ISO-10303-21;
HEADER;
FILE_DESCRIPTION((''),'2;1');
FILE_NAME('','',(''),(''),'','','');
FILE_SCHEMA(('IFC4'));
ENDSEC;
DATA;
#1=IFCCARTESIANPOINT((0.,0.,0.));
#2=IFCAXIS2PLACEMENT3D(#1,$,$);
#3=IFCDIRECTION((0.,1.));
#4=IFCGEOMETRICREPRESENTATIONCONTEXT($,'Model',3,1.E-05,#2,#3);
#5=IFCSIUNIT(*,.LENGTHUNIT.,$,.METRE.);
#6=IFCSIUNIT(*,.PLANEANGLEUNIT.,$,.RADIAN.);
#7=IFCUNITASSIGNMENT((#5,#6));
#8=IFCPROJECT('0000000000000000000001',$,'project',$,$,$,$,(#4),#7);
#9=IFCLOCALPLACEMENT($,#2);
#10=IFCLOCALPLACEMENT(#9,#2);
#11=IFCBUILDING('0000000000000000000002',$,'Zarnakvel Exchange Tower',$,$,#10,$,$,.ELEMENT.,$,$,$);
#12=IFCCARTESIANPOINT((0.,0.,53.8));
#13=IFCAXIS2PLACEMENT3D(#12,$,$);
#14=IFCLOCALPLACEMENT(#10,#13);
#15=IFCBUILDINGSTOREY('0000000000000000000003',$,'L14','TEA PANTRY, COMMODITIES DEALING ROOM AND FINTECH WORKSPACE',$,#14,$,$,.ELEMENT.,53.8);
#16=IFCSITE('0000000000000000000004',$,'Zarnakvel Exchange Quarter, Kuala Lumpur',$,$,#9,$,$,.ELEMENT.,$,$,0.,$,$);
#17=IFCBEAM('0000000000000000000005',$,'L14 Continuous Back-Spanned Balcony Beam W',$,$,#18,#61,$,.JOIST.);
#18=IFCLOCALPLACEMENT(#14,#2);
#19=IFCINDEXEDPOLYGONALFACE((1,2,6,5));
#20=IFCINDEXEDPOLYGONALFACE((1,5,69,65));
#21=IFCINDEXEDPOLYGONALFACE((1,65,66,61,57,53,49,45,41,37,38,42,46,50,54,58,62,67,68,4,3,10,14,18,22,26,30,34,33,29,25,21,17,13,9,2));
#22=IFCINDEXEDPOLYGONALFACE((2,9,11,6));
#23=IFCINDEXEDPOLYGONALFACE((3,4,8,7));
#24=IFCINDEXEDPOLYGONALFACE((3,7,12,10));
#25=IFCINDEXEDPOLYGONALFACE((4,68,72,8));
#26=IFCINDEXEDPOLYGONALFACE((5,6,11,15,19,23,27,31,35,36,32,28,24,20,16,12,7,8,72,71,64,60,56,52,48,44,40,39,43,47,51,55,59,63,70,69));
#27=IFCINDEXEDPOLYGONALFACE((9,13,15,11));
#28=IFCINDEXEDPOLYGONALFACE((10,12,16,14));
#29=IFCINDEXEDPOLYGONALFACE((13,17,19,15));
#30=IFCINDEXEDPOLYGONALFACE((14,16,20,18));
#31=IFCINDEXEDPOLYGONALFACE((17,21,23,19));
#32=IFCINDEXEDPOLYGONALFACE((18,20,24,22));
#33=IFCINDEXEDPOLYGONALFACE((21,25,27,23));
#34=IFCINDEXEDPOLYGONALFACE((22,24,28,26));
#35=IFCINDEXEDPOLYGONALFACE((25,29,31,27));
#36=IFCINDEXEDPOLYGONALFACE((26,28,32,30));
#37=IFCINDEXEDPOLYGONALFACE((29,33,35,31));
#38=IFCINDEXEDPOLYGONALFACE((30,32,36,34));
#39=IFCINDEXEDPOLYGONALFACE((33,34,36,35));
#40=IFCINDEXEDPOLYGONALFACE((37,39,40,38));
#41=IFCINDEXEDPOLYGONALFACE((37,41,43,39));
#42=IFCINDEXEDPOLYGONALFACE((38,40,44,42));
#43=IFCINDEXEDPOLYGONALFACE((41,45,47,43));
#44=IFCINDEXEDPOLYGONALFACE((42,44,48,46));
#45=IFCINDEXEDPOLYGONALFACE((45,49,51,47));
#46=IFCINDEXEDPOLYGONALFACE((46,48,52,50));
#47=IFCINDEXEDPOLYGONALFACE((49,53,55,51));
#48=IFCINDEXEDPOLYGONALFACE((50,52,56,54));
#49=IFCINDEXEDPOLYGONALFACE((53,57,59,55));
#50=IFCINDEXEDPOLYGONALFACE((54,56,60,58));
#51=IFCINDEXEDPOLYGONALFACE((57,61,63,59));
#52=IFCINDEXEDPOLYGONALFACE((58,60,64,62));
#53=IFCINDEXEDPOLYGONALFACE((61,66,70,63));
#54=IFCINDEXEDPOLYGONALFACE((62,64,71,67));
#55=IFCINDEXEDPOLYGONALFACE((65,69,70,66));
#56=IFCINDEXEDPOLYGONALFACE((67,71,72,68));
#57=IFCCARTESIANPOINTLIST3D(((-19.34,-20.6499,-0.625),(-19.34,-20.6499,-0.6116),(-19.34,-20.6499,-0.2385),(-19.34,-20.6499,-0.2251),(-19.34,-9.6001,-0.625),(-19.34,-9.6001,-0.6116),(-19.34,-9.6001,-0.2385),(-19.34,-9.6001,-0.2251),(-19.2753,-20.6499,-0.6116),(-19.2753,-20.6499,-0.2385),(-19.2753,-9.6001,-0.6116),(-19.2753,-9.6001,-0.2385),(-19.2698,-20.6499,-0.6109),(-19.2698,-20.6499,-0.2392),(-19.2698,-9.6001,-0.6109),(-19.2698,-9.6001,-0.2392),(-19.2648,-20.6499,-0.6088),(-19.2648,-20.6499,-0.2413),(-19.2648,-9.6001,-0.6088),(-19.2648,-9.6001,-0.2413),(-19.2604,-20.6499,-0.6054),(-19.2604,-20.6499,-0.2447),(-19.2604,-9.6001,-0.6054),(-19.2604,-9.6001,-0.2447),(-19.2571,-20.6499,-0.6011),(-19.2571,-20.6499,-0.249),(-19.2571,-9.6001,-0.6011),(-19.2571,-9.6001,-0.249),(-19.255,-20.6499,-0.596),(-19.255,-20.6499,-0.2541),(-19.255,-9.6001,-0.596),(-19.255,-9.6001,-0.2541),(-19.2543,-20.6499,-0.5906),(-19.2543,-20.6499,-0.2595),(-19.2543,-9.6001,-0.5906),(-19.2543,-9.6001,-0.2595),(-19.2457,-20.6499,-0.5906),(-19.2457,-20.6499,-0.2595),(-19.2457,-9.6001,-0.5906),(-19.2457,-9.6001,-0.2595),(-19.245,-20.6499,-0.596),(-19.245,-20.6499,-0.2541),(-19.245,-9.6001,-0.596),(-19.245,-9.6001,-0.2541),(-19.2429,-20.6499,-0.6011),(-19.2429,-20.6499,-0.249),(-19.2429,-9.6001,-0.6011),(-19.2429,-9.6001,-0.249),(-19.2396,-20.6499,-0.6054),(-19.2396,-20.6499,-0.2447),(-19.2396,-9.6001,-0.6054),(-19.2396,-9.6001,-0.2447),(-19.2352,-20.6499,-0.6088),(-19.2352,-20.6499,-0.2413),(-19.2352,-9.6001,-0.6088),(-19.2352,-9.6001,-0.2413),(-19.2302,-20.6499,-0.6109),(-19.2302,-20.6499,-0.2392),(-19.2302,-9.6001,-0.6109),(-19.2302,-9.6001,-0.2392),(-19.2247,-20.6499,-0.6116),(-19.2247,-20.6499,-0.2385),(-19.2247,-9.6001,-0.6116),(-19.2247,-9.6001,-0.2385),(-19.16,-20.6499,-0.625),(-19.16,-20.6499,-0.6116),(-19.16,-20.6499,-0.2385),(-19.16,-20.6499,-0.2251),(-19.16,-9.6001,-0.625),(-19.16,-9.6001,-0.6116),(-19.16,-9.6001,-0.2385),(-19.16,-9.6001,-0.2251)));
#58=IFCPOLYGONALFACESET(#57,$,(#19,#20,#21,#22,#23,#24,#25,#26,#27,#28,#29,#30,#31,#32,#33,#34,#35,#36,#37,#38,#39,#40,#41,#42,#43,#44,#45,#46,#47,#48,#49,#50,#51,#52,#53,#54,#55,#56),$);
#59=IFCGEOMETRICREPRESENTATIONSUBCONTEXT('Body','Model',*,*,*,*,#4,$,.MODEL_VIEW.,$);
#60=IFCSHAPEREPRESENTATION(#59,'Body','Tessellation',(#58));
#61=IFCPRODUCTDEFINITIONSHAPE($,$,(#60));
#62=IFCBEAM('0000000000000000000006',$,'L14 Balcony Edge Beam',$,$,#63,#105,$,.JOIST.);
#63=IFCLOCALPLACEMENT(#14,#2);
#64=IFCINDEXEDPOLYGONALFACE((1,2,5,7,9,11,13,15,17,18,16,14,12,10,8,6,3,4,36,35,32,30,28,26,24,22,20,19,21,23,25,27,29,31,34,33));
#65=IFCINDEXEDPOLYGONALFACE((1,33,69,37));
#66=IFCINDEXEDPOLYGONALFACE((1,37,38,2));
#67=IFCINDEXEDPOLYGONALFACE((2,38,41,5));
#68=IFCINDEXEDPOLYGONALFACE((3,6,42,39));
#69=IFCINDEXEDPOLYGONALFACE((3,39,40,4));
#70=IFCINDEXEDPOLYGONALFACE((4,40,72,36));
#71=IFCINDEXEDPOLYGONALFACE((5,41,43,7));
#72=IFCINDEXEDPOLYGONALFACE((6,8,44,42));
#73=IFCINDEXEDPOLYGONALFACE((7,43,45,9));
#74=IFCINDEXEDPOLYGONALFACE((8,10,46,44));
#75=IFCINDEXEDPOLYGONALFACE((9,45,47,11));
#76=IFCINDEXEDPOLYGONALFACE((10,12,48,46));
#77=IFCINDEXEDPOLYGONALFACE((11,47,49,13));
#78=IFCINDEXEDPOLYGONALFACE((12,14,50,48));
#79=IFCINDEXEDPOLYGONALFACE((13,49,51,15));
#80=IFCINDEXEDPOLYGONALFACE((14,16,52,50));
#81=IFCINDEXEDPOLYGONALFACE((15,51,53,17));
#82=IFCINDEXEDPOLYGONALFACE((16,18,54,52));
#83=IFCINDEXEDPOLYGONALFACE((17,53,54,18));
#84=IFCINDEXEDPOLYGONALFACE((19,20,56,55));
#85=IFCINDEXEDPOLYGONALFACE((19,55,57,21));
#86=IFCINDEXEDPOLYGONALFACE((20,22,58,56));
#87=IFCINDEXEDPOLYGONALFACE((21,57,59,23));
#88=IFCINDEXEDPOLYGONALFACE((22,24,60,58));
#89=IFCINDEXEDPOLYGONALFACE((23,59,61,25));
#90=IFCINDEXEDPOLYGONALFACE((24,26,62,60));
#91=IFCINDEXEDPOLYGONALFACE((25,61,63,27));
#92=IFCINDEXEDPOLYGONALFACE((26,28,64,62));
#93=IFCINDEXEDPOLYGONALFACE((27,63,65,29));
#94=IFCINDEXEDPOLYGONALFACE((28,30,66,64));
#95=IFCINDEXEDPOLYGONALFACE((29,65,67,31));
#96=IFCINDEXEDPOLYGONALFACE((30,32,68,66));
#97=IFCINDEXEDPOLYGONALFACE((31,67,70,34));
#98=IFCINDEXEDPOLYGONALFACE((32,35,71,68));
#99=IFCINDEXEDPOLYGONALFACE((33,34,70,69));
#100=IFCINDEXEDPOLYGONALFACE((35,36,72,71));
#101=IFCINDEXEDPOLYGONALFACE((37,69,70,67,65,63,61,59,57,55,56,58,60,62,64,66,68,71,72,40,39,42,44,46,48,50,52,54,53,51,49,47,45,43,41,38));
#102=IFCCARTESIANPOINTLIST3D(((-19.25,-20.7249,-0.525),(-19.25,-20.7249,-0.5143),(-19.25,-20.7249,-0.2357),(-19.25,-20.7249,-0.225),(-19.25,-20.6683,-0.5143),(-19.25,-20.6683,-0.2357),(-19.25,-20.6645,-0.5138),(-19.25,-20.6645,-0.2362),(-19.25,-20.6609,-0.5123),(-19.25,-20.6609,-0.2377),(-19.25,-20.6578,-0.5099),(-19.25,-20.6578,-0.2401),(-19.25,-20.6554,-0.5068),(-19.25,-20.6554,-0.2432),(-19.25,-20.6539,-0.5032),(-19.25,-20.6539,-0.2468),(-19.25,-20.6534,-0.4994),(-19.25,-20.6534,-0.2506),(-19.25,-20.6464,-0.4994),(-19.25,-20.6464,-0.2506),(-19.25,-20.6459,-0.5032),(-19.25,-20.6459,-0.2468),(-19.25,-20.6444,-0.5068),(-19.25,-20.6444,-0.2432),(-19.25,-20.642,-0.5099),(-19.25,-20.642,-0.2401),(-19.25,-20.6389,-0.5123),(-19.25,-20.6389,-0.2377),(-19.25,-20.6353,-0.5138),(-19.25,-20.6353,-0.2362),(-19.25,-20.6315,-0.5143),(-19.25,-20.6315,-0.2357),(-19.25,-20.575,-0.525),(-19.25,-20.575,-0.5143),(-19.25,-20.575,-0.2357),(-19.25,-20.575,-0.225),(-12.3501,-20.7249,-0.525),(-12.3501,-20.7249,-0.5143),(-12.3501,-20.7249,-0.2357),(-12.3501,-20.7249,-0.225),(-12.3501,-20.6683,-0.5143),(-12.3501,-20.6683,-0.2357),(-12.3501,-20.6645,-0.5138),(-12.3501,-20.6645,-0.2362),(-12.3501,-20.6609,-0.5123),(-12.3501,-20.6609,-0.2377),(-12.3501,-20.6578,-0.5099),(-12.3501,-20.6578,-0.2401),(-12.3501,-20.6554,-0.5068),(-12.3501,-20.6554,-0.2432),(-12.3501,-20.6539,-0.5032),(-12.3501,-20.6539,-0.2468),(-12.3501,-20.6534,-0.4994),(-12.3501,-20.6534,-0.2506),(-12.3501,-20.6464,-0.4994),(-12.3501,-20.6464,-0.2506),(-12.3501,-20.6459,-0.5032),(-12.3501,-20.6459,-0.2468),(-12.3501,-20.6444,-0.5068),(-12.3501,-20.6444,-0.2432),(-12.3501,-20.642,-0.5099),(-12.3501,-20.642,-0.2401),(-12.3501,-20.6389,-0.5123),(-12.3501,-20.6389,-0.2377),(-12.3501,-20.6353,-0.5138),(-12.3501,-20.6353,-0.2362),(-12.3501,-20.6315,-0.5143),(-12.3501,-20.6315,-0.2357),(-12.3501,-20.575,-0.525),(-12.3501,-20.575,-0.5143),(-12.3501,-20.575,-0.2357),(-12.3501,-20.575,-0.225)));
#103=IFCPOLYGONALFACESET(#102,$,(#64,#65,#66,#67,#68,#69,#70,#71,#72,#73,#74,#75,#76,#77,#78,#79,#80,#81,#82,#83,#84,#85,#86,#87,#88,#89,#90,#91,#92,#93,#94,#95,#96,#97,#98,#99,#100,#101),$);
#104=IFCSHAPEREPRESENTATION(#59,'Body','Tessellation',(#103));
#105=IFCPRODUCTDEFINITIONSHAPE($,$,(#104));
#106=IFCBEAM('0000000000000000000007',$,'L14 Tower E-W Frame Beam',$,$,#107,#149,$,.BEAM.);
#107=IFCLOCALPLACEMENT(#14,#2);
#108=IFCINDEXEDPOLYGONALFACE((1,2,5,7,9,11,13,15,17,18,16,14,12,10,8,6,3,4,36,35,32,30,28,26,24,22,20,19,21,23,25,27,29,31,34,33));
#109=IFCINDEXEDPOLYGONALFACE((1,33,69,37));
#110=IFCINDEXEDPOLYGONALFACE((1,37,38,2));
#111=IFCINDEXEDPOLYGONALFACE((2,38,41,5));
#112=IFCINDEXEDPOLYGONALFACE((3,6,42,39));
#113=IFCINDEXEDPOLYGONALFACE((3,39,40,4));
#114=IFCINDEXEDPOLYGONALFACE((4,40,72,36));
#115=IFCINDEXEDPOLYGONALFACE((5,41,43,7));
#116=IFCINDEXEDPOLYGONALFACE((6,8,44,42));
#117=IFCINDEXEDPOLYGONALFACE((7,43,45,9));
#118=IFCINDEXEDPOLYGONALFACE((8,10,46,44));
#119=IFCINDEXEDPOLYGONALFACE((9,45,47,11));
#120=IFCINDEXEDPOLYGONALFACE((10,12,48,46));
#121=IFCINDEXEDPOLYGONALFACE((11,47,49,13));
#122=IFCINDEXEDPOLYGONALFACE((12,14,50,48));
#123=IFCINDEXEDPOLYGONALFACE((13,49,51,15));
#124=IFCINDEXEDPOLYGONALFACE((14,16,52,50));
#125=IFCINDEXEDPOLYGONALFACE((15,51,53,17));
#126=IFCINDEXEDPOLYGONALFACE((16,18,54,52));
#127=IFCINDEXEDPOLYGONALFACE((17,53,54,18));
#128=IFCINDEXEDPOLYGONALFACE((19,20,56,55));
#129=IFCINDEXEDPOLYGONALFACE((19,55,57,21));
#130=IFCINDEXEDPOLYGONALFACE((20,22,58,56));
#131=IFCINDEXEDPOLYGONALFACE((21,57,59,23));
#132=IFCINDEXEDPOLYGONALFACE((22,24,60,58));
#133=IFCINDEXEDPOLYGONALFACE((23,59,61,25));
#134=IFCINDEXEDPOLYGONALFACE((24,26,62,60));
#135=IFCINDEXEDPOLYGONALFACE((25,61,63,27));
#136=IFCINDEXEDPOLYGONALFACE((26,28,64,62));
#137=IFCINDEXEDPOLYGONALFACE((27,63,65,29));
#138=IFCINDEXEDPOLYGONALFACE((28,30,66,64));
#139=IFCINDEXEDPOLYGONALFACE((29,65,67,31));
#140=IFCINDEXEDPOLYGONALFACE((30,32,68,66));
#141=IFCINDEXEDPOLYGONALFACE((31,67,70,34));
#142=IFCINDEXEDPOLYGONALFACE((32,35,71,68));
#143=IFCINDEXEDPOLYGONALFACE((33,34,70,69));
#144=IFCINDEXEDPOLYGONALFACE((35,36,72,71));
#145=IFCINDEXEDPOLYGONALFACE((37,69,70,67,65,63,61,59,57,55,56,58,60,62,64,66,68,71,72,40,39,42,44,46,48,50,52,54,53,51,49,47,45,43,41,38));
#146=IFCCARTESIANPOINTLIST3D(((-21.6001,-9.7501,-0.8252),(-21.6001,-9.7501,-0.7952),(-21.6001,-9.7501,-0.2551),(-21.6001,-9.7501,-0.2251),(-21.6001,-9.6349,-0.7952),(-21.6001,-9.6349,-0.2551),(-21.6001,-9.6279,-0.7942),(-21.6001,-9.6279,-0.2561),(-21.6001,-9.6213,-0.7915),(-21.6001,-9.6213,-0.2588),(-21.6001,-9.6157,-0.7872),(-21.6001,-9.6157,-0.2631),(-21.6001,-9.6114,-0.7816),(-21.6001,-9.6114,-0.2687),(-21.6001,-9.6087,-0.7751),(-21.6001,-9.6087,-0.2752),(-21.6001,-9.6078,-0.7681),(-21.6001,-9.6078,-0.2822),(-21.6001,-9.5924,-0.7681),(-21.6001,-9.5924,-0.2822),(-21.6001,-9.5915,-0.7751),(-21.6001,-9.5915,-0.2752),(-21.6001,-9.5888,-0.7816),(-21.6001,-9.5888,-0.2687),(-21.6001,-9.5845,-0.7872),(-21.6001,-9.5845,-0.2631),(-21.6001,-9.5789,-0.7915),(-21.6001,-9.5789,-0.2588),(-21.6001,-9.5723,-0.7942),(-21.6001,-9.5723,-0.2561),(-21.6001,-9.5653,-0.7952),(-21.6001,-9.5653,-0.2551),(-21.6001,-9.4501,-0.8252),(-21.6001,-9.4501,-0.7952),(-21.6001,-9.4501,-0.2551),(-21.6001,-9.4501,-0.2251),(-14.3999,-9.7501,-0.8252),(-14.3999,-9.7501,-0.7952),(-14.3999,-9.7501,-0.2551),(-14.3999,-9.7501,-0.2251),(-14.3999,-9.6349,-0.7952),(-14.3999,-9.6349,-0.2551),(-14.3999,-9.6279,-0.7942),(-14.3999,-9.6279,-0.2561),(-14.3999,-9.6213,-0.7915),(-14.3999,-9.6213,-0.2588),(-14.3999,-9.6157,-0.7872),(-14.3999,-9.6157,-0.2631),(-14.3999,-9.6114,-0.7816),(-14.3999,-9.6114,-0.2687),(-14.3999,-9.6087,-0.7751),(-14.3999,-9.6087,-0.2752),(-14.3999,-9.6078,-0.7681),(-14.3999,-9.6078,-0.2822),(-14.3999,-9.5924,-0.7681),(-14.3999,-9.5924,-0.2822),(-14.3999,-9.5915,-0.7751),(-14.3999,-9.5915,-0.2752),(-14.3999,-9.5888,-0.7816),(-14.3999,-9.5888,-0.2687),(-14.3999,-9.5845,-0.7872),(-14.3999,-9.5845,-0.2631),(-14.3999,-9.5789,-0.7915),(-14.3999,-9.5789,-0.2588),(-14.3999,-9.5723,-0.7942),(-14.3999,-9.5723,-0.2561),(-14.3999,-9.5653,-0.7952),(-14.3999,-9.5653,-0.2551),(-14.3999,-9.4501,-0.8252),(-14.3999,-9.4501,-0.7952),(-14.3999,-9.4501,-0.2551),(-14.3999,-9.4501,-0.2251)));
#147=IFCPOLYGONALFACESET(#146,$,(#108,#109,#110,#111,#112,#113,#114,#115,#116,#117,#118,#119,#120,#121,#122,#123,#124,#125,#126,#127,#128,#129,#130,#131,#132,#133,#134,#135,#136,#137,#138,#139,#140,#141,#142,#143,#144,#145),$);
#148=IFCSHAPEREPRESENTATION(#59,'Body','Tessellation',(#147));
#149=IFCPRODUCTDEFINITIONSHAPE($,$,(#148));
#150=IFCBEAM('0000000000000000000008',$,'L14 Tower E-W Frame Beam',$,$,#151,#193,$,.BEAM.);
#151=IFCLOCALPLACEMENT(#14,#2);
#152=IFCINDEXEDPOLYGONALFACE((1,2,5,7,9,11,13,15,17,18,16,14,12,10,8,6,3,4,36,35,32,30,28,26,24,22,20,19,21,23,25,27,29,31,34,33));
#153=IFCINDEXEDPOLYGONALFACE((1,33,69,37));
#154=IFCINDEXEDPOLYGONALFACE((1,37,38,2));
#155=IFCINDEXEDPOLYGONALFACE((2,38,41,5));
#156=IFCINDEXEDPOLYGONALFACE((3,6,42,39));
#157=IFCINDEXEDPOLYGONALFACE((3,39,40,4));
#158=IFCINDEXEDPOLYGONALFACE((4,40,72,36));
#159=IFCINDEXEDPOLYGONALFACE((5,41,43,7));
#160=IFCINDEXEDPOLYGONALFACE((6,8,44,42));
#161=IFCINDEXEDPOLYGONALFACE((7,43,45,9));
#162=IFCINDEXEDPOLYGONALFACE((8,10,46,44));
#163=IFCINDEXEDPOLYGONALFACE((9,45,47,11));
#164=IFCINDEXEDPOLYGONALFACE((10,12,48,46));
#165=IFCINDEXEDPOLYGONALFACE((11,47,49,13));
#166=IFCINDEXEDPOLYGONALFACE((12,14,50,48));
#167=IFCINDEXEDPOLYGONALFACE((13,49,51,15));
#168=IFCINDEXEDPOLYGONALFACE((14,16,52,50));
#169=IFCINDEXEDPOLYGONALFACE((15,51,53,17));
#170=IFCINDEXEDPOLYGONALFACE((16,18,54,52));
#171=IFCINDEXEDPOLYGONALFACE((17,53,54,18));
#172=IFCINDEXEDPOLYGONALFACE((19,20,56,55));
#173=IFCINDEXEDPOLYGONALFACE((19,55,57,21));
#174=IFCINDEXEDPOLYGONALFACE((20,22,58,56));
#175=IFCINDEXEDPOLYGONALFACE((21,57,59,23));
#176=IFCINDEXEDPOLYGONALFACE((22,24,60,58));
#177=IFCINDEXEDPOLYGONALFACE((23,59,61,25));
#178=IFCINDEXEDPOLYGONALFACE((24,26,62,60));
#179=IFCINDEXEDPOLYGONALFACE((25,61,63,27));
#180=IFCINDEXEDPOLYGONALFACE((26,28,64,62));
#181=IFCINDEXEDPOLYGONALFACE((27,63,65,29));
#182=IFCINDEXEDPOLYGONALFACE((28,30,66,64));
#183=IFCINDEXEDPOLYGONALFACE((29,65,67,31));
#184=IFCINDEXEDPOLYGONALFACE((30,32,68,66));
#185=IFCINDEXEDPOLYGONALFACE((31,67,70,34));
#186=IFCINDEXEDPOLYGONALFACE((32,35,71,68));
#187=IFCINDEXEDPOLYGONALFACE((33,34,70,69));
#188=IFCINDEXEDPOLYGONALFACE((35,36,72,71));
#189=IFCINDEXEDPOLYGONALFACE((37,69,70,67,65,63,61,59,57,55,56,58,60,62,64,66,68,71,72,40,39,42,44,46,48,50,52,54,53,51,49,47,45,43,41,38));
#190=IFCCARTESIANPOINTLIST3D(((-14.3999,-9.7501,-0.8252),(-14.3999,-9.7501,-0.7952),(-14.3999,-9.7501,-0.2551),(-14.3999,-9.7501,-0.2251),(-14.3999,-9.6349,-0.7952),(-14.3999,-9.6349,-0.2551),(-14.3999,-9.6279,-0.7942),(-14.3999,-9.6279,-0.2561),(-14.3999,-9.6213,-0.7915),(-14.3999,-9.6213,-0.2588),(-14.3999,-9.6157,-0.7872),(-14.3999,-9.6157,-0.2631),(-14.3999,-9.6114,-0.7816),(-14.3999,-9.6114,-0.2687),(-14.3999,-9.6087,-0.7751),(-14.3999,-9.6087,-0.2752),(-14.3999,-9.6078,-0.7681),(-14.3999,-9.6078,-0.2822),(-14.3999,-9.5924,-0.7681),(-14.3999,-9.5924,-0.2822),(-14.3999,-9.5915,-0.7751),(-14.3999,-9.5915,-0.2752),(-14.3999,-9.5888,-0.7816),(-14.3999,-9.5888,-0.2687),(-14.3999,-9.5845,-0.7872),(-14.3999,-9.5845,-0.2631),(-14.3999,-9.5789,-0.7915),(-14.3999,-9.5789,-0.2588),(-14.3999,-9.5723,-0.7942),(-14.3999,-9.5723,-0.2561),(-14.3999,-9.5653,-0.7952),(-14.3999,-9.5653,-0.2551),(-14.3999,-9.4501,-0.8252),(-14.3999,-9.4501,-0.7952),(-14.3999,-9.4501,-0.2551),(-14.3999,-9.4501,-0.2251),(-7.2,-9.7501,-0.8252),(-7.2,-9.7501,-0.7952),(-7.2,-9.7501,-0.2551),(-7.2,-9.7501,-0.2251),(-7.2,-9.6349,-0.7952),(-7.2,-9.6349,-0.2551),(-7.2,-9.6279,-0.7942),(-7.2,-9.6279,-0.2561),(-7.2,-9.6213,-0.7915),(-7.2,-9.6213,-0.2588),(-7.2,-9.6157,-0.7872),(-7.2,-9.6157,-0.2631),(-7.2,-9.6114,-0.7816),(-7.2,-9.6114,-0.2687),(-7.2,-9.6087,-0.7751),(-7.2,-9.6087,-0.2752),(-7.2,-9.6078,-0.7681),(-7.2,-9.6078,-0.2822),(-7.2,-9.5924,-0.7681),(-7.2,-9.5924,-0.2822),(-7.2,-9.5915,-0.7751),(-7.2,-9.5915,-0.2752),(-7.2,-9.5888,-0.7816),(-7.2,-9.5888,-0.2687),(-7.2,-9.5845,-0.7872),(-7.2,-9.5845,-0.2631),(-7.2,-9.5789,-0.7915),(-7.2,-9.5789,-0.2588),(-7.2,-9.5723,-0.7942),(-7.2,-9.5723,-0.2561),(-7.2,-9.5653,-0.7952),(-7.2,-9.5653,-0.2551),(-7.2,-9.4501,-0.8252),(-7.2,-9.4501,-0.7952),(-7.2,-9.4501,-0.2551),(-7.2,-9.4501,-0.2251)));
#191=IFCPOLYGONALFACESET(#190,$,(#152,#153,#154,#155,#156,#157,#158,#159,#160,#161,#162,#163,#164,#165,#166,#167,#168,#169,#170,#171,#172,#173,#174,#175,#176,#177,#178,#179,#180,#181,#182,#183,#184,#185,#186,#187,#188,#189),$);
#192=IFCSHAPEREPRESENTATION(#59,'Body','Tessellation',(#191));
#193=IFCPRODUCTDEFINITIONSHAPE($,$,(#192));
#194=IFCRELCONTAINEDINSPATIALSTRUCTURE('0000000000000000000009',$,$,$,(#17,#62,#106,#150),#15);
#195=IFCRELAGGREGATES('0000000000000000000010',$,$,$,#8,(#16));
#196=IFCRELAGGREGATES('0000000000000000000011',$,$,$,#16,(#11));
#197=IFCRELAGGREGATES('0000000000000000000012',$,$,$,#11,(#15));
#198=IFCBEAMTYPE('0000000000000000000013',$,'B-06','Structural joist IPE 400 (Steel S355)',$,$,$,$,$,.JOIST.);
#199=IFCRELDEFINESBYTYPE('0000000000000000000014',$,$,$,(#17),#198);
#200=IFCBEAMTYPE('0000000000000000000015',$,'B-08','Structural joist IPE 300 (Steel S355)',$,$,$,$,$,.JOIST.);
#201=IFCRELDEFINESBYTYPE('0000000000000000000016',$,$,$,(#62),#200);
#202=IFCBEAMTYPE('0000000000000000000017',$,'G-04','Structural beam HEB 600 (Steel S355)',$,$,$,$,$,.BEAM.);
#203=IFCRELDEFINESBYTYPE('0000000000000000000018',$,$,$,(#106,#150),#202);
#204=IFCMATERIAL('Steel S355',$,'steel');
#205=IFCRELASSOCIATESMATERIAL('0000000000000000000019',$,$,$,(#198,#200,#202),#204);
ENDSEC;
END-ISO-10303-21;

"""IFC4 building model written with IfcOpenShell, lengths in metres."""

from ifc_helpers import new_model, si_unit, direction, frame, origin, origin_2d, place, context, subcontext, project, spatial, i_section, extrude, material, material_profile, profile_set, type_object, element, save


model = new_model("IFC4")

# Units and contexts
model_context = context("Model", 3, precision=1e-05, world=origin(), true_north=direction((0.0, 1.0)))
body_context = subcontext(model_context, "Body", "Model", "MODEL_VIEW")
ifc_project = project(units=[si_unit("LENGTHUNIT", "METRE"), si_unit("PLANEANGLEUNIT", "RADIAN")], contexts=[model_context])

# Site, building, storey
site_placement = place(None, origin())
site = spatial("IfcSite", under=ifc_project, at=site_placement, Name="Zarnakvel Exchange Quarter, Kuala Lumpur", CompositionType="ELEMENT", RefElevation=0.0)
building_placement = place(site_placement, origin())
building = spatial("IfcBuilding", under=site, at=building_placement, Name="Zarnakvel Exchange Tower", CompositionType="ELEMENT")
storey_placement = place(building_placement, frame((0.0, 0.0, 53.8)))
storey = spatial("IfcBuildingStorey", under=building, at=storey_placement, Name="L14", Description="TEA PANTRY, COMMODITIES DEALING ROOM AND FINTECH WORKSPACE", CompositionType="ELEMENT", Elevation=53.8)

# Shared definitions
ifc_material_1 = material(Name="Steel S355", Category="steel")

# Beams
ifc_material_profile_1 = material_profile(ifc_material_1, i_section(OverallWidth=0.1799, OverallDepth=0.3999, WebThickness=0.0085, FlangeThickness=0.0134, FilletRadius=0.021, at=origin_2d()))
ifc_profile_set_1 = profile_set([ifc_material_profile_1], Name="Steel S355")
beam_type_1 = type_object("IfcBeamType", Name="B-06", Description="Structural joist IPE 400 (Steel S355)", PredefinedType="JOIST", material=ifc_profile_set_1)
beam_1_placement = place(storey_placement, frame((-19.25, -9.6001, -0.425), z_axis=(0.0, -1.0, 0.0), x_axis=(1.0, 0.0, 0.0)))
element("IfcBeam", 1, at=beam_1_placement, inside=storey, type_object=beam_type_1, Name="L14 Continuous Back-Spanned Balcony Beam W", PredefinedType="JOIST", context=body_context, shape_type="SweptSolid", body=[
    extrude(i_section(OverallWidth=0.1799, OverallDepth=0.3999, WebThickness=0.0085, FlangeThickness=0.0134, FilletRadius=0.021, at=origin_2d()), origin(), (0.0, 0.0, 1.0), 11.0498),
])
ifc_material_profile_2 = material_profile(ifc_material_1, i_section(OverallWidth=0.1499, OverallDepth=0.3, WebThickness=0.0071, FlangeThickness=0.0107, FilletRadius=0.0149, at=origin_2d()))
ifc_profile_set_2 = profile_set([ifc_material_profile_2], Name="Steel S355")
beam_type_2 = type_object("IfcBeamType", Name="B-08", Description="Structural joist IPE 300 (Steel S355)", PredefinedType="JOIST", material=ifc_profile_set_2)
beam_2_placement = place(storey_placement, frame((-19.25, -20.6499, -0.375), z_axis=(1.0, 0.0, 0.0), x_axis=(0.0, 1.0, 0.0)))
element("IfcBeam", 2, at=beam_2_placement, inside=storey, type_object=beam_type_2, Name="L14 Balcony Edge Beam", PredefinedType="JOIST", context=body_context, shape_type="SweptSolid", body=[
    extrude(i_section(OverallWidth=0.1499, OverallDepth=0.3, WebThickness=0.0071, FlangeThickness=0.0107, FilletRadius=0.0149, at=origin_2d()), origin(), (0.0, 0.0, 1.0), 6.8999),
])
ifc_material_profile_3 = material_profile(ifc_material_1, i_section(OverallWidth=0.3, OverallDepth=0.6001, WebThickness=0.0154, FlangeThickness=0.03, FilletRadius=0.0271, at=origin_2d()))
ifc_profile_set_3 = profile_set([ifc_material_profile_3], Name="Steel S355")
beam_type_3 = type_object("IfcBeamType", Name="G-04", Description="Structural beam HEB 600 (Steel S355)", PredefinedType="BEAM", material=ifc_profile_set_3)
beam_3_placement = place(storey_placement, frame((-21.6001, -9.6001, -0.5251), z_axis=(1.0, 0.0, 0.0), x_axis=(0.0, 1.0, 0.0)))
element("IfcBeam", 3, at=beam_3_placement, inside=storey, type_object=beam_type_3, Name="L14 Tower E-W Frame Beam", PredefinedType="BEAM", context=body_context, shape_type="SweptSolid", body=[
    extrude(i_section(OverallWidth=0.3, OverallDepth=0.6001, WebThickness=0.0154, FlangeThickness=0.03, FilletRadius=0.0271, at=origin_2d()), origin(), (0.0, 0.0, 1.0), 7.2002),
])
beam_4_placement = place(storey_placement, frame((-14.3999, -9.6001, -0.5251), z_axis=(1.0, 0.0, 0.0), x_axis=(0.0, 1.0, 0.0)))
element("IfcBeam", 4, at=beam_4_placement, inside=storey, type_object=beam_type_3, Name="L14 Tower E-W Frame Beam", PredefinedType="BEAM", context=body_context, shape_type="SweptSolid", body=[
    extrude(i_section(OverallWidth=0.3, OverallDepth=0.6001, WebThickness=0.0154, FlangeThickness=0.03, FilletRadius=0.0271, at=origin_2d()), origin(), (0.0, 0.0, 1.0), 7.2),
])

save(model, "model.ifc")
